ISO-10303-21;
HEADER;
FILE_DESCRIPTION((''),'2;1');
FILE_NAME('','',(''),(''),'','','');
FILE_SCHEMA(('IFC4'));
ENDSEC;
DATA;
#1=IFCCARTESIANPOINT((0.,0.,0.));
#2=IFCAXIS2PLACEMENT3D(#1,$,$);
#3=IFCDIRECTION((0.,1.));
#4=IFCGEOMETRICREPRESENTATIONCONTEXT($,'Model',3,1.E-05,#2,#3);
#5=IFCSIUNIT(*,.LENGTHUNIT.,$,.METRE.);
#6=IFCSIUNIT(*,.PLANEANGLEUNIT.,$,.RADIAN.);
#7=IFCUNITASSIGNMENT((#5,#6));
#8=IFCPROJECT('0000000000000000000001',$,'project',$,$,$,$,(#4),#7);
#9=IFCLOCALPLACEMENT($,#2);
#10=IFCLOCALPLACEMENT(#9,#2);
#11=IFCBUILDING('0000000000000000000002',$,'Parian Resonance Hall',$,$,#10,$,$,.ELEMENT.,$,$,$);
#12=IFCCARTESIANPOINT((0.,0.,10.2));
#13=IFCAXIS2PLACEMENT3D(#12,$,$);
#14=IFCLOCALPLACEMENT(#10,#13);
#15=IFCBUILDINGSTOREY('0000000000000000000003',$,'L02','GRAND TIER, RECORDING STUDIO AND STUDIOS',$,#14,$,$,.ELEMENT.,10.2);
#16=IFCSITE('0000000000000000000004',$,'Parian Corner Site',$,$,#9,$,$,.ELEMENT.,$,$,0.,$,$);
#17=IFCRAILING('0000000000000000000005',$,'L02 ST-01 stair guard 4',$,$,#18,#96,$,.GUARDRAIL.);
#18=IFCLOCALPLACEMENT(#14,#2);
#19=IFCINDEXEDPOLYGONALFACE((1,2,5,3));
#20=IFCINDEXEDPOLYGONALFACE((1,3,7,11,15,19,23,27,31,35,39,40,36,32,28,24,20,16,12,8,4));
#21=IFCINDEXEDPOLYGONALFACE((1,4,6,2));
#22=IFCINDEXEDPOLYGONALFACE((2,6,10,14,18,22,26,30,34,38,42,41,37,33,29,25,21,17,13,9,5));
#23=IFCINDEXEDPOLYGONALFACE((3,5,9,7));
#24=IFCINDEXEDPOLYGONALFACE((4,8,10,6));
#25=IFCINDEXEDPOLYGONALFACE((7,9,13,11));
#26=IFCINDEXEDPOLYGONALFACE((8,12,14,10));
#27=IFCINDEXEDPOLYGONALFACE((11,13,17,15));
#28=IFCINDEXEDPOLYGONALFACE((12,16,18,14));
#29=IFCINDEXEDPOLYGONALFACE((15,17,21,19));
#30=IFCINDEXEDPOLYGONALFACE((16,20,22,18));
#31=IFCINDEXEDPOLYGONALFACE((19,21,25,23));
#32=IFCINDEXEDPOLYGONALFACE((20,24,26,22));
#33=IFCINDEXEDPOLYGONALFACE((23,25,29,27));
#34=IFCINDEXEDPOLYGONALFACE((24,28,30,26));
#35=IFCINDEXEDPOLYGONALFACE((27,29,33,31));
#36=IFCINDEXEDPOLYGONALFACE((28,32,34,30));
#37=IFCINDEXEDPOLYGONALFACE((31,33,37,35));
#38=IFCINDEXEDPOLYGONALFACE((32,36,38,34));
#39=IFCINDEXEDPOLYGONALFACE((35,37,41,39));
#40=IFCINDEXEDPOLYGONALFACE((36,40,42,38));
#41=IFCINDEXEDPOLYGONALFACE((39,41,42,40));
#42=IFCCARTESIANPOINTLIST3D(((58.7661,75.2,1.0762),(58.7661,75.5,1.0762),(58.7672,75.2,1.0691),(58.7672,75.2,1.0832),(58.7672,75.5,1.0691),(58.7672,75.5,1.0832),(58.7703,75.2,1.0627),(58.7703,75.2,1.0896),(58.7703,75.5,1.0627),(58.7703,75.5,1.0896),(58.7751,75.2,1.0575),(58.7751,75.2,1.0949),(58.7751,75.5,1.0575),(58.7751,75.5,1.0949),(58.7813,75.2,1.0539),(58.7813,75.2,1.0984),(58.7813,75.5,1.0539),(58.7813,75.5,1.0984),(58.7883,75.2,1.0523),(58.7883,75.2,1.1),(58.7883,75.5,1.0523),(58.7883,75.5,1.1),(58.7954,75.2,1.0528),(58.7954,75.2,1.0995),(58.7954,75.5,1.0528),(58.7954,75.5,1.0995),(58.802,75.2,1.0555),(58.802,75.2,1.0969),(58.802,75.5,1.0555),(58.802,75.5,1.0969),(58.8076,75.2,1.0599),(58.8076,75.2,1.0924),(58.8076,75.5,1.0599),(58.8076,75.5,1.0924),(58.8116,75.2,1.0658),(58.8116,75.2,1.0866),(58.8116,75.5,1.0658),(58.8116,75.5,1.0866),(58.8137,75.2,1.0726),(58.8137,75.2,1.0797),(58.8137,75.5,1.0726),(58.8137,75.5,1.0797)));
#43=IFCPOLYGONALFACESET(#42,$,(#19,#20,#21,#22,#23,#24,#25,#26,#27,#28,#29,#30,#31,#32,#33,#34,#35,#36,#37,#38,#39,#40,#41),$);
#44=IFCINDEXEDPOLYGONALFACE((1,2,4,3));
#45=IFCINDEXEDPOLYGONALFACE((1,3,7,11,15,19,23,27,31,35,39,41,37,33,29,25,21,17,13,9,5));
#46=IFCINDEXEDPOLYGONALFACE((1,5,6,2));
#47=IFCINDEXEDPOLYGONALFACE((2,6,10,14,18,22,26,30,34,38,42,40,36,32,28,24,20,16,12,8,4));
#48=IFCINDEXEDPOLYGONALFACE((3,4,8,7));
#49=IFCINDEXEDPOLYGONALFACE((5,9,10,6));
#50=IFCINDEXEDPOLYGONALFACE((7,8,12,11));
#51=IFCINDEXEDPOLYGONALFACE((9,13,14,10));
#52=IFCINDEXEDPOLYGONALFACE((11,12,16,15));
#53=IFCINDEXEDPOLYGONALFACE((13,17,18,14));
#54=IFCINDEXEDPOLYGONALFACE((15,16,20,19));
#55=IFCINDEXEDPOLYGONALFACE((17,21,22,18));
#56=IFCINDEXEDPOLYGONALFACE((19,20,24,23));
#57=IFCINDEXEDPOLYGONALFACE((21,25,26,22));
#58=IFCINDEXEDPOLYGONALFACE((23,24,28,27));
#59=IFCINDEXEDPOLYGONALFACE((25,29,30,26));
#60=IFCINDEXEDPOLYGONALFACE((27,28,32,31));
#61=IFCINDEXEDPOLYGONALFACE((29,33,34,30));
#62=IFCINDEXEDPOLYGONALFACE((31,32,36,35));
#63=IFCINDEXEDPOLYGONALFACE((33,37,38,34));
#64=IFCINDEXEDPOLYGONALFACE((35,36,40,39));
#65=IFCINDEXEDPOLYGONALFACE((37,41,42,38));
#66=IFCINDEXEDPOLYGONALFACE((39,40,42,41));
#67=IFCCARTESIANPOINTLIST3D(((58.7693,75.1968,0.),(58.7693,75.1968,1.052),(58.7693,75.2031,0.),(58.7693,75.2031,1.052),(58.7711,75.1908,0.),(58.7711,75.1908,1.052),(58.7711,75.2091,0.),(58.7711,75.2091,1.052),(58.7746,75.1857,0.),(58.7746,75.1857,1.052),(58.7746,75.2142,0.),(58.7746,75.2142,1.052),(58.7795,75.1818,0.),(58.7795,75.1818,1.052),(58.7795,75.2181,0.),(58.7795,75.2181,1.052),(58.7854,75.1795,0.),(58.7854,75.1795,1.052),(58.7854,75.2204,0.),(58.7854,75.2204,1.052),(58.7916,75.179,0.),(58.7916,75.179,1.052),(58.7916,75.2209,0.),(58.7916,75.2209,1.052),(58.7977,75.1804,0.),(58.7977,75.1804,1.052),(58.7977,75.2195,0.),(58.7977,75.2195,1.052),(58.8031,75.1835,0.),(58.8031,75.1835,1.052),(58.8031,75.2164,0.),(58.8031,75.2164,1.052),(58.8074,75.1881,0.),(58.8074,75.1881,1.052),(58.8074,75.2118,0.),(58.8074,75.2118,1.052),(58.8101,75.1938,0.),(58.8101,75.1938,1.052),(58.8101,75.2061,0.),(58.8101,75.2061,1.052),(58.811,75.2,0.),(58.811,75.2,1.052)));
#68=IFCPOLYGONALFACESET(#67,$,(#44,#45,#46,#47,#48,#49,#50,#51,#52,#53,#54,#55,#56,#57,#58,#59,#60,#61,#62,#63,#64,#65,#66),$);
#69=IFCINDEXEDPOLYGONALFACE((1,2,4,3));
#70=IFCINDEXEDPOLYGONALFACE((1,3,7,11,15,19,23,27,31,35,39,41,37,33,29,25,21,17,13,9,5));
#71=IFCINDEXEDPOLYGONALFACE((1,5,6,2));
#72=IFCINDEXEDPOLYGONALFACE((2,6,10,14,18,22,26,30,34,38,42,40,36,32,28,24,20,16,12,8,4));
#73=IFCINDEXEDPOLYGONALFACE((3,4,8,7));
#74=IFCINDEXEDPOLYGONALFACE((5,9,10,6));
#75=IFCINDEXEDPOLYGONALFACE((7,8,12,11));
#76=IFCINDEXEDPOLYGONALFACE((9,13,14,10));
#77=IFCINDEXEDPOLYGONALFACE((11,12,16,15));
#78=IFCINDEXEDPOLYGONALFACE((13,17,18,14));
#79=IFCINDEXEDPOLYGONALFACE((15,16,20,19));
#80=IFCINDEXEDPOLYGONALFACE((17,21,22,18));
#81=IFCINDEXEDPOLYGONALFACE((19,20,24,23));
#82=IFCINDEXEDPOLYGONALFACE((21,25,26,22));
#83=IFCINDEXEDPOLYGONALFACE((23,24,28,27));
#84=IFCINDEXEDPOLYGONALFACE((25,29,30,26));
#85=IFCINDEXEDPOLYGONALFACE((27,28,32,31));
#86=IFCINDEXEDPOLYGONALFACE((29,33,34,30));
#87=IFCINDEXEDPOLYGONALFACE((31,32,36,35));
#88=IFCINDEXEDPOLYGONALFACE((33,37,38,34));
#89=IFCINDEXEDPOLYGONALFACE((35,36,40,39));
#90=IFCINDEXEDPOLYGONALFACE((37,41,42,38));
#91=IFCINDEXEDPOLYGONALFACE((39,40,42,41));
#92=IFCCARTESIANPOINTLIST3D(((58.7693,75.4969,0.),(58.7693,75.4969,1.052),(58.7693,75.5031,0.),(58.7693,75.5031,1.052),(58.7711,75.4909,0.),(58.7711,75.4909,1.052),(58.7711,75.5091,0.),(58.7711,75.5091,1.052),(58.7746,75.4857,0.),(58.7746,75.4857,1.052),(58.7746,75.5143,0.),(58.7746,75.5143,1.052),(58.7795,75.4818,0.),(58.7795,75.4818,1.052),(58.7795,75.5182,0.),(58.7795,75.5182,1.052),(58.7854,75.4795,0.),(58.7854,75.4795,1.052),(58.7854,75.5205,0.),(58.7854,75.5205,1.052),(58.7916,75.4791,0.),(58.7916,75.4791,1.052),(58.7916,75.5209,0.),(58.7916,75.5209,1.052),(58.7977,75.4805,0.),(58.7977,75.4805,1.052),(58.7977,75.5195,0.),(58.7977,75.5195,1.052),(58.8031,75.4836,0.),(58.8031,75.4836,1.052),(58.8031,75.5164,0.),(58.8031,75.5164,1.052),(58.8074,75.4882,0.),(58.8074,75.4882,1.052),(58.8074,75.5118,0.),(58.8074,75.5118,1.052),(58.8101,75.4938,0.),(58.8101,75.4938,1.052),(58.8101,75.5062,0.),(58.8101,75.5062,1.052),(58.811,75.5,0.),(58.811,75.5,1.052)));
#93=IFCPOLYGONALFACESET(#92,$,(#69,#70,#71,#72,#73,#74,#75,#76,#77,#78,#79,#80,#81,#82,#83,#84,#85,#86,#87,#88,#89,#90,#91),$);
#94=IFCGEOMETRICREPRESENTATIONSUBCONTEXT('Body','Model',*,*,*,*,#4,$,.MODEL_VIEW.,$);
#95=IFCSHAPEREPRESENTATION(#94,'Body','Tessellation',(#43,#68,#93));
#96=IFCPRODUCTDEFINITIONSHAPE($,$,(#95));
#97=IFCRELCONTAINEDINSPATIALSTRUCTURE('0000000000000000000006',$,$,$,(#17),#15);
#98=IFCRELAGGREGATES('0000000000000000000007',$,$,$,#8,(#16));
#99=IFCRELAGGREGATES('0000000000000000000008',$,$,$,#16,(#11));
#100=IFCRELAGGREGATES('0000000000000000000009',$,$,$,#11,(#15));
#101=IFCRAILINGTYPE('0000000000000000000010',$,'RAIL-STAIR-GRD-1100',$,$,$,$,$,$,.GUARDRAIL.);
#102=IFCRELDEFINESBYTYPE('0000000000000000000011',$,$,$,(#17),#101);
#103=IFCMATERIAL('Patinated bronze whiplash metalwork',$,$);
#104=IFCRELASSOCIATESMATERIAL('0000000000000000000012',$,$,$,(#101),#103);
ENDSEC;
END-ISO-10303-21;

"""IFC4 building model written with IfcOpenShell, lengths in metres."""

from ifc_helpers import new_model, si_unit, direction, frame, origin, origin_2d, place, context, subcontext, project, spatial, circle, extrude, material, type_object, element, save


model = new_model("IFC4")

# Units and contexts
model_context = context("Model", 3, precision=1e-05, world=origin(), true_north=direction((0.0, 1.0)))
body_context = subcontext(model_context, "Body", "Model", "MODEL_VIEW")
ifc_project = project(units=[si_unit("LENGTHUNIT", "METRE"), si_unit("PLANEANGLEUNIT", "RADIAN")], contexts=[model_context])

# Site, building, storey
site_placement = place(None, origin())
site = spatial("IfcSite", under=ifc_project, at=site_placement, Name="Parian Corner Site", CompositionType="ELEMENT", RefElevation=0.0)
building_placement = place(site_placement, origin())
building = spatial("IfcBuilding", under=site, at=building_placement, Name="Parian Resonance Hall", CompositionType="ELEMENT")
storey_placement = place(building_placement, frame((0.0, 0.0, 10.2)))
storey = spatial("IfcBuildingStorey", under=building, at=storey_placement, Name="L02", Description="GRAND TIER, RECORDING STUDIO AND STUDIOS", CompositionType="ELEMENT", Elevation=10.2)

# Railing
ifc_material_1 = material(Name="Patinated bronze whiplash metalwork")
railing_type_1 = type_object("IfcRailingType", Name="RAIL-STAIR-GRD-1100", PredefinedType="GUARDRAIL", material=ifc_material_1)
railing_1_placement = place(storey_placement, frame((58.79, 75.2, 0.0)))
element("IfcRailing", 1, at=railing_1_placement, inside=storey, type_object=railing_type_1, Name="L02 ST-01 stair guard 4", PredefinedType="GUARDRAIL", context=body_context, shape_type="SweptSolid", body=[
    extrude(circle(Radius=0.0239, at=origin_2d()), frame((0.0, 0.0, 1.0762), z_axis=(0.0, 1.0, 0.0), x_axis=(-1.0, 0.0, 0.0)), (0.0, 0.0, 1.0), 0.3),
    extrude(circle(Radius=0.021, at=origin_2d()), origin(), (0.0, 0.0, 1.0), 1.052),
    extrude(circle(Radius=0.021, at=origin_2d()), frame((0.0, 0.3, 0.0)), (0.0, 0.0, 1.0), 1.052),
])

save(model, "model.ifc")
